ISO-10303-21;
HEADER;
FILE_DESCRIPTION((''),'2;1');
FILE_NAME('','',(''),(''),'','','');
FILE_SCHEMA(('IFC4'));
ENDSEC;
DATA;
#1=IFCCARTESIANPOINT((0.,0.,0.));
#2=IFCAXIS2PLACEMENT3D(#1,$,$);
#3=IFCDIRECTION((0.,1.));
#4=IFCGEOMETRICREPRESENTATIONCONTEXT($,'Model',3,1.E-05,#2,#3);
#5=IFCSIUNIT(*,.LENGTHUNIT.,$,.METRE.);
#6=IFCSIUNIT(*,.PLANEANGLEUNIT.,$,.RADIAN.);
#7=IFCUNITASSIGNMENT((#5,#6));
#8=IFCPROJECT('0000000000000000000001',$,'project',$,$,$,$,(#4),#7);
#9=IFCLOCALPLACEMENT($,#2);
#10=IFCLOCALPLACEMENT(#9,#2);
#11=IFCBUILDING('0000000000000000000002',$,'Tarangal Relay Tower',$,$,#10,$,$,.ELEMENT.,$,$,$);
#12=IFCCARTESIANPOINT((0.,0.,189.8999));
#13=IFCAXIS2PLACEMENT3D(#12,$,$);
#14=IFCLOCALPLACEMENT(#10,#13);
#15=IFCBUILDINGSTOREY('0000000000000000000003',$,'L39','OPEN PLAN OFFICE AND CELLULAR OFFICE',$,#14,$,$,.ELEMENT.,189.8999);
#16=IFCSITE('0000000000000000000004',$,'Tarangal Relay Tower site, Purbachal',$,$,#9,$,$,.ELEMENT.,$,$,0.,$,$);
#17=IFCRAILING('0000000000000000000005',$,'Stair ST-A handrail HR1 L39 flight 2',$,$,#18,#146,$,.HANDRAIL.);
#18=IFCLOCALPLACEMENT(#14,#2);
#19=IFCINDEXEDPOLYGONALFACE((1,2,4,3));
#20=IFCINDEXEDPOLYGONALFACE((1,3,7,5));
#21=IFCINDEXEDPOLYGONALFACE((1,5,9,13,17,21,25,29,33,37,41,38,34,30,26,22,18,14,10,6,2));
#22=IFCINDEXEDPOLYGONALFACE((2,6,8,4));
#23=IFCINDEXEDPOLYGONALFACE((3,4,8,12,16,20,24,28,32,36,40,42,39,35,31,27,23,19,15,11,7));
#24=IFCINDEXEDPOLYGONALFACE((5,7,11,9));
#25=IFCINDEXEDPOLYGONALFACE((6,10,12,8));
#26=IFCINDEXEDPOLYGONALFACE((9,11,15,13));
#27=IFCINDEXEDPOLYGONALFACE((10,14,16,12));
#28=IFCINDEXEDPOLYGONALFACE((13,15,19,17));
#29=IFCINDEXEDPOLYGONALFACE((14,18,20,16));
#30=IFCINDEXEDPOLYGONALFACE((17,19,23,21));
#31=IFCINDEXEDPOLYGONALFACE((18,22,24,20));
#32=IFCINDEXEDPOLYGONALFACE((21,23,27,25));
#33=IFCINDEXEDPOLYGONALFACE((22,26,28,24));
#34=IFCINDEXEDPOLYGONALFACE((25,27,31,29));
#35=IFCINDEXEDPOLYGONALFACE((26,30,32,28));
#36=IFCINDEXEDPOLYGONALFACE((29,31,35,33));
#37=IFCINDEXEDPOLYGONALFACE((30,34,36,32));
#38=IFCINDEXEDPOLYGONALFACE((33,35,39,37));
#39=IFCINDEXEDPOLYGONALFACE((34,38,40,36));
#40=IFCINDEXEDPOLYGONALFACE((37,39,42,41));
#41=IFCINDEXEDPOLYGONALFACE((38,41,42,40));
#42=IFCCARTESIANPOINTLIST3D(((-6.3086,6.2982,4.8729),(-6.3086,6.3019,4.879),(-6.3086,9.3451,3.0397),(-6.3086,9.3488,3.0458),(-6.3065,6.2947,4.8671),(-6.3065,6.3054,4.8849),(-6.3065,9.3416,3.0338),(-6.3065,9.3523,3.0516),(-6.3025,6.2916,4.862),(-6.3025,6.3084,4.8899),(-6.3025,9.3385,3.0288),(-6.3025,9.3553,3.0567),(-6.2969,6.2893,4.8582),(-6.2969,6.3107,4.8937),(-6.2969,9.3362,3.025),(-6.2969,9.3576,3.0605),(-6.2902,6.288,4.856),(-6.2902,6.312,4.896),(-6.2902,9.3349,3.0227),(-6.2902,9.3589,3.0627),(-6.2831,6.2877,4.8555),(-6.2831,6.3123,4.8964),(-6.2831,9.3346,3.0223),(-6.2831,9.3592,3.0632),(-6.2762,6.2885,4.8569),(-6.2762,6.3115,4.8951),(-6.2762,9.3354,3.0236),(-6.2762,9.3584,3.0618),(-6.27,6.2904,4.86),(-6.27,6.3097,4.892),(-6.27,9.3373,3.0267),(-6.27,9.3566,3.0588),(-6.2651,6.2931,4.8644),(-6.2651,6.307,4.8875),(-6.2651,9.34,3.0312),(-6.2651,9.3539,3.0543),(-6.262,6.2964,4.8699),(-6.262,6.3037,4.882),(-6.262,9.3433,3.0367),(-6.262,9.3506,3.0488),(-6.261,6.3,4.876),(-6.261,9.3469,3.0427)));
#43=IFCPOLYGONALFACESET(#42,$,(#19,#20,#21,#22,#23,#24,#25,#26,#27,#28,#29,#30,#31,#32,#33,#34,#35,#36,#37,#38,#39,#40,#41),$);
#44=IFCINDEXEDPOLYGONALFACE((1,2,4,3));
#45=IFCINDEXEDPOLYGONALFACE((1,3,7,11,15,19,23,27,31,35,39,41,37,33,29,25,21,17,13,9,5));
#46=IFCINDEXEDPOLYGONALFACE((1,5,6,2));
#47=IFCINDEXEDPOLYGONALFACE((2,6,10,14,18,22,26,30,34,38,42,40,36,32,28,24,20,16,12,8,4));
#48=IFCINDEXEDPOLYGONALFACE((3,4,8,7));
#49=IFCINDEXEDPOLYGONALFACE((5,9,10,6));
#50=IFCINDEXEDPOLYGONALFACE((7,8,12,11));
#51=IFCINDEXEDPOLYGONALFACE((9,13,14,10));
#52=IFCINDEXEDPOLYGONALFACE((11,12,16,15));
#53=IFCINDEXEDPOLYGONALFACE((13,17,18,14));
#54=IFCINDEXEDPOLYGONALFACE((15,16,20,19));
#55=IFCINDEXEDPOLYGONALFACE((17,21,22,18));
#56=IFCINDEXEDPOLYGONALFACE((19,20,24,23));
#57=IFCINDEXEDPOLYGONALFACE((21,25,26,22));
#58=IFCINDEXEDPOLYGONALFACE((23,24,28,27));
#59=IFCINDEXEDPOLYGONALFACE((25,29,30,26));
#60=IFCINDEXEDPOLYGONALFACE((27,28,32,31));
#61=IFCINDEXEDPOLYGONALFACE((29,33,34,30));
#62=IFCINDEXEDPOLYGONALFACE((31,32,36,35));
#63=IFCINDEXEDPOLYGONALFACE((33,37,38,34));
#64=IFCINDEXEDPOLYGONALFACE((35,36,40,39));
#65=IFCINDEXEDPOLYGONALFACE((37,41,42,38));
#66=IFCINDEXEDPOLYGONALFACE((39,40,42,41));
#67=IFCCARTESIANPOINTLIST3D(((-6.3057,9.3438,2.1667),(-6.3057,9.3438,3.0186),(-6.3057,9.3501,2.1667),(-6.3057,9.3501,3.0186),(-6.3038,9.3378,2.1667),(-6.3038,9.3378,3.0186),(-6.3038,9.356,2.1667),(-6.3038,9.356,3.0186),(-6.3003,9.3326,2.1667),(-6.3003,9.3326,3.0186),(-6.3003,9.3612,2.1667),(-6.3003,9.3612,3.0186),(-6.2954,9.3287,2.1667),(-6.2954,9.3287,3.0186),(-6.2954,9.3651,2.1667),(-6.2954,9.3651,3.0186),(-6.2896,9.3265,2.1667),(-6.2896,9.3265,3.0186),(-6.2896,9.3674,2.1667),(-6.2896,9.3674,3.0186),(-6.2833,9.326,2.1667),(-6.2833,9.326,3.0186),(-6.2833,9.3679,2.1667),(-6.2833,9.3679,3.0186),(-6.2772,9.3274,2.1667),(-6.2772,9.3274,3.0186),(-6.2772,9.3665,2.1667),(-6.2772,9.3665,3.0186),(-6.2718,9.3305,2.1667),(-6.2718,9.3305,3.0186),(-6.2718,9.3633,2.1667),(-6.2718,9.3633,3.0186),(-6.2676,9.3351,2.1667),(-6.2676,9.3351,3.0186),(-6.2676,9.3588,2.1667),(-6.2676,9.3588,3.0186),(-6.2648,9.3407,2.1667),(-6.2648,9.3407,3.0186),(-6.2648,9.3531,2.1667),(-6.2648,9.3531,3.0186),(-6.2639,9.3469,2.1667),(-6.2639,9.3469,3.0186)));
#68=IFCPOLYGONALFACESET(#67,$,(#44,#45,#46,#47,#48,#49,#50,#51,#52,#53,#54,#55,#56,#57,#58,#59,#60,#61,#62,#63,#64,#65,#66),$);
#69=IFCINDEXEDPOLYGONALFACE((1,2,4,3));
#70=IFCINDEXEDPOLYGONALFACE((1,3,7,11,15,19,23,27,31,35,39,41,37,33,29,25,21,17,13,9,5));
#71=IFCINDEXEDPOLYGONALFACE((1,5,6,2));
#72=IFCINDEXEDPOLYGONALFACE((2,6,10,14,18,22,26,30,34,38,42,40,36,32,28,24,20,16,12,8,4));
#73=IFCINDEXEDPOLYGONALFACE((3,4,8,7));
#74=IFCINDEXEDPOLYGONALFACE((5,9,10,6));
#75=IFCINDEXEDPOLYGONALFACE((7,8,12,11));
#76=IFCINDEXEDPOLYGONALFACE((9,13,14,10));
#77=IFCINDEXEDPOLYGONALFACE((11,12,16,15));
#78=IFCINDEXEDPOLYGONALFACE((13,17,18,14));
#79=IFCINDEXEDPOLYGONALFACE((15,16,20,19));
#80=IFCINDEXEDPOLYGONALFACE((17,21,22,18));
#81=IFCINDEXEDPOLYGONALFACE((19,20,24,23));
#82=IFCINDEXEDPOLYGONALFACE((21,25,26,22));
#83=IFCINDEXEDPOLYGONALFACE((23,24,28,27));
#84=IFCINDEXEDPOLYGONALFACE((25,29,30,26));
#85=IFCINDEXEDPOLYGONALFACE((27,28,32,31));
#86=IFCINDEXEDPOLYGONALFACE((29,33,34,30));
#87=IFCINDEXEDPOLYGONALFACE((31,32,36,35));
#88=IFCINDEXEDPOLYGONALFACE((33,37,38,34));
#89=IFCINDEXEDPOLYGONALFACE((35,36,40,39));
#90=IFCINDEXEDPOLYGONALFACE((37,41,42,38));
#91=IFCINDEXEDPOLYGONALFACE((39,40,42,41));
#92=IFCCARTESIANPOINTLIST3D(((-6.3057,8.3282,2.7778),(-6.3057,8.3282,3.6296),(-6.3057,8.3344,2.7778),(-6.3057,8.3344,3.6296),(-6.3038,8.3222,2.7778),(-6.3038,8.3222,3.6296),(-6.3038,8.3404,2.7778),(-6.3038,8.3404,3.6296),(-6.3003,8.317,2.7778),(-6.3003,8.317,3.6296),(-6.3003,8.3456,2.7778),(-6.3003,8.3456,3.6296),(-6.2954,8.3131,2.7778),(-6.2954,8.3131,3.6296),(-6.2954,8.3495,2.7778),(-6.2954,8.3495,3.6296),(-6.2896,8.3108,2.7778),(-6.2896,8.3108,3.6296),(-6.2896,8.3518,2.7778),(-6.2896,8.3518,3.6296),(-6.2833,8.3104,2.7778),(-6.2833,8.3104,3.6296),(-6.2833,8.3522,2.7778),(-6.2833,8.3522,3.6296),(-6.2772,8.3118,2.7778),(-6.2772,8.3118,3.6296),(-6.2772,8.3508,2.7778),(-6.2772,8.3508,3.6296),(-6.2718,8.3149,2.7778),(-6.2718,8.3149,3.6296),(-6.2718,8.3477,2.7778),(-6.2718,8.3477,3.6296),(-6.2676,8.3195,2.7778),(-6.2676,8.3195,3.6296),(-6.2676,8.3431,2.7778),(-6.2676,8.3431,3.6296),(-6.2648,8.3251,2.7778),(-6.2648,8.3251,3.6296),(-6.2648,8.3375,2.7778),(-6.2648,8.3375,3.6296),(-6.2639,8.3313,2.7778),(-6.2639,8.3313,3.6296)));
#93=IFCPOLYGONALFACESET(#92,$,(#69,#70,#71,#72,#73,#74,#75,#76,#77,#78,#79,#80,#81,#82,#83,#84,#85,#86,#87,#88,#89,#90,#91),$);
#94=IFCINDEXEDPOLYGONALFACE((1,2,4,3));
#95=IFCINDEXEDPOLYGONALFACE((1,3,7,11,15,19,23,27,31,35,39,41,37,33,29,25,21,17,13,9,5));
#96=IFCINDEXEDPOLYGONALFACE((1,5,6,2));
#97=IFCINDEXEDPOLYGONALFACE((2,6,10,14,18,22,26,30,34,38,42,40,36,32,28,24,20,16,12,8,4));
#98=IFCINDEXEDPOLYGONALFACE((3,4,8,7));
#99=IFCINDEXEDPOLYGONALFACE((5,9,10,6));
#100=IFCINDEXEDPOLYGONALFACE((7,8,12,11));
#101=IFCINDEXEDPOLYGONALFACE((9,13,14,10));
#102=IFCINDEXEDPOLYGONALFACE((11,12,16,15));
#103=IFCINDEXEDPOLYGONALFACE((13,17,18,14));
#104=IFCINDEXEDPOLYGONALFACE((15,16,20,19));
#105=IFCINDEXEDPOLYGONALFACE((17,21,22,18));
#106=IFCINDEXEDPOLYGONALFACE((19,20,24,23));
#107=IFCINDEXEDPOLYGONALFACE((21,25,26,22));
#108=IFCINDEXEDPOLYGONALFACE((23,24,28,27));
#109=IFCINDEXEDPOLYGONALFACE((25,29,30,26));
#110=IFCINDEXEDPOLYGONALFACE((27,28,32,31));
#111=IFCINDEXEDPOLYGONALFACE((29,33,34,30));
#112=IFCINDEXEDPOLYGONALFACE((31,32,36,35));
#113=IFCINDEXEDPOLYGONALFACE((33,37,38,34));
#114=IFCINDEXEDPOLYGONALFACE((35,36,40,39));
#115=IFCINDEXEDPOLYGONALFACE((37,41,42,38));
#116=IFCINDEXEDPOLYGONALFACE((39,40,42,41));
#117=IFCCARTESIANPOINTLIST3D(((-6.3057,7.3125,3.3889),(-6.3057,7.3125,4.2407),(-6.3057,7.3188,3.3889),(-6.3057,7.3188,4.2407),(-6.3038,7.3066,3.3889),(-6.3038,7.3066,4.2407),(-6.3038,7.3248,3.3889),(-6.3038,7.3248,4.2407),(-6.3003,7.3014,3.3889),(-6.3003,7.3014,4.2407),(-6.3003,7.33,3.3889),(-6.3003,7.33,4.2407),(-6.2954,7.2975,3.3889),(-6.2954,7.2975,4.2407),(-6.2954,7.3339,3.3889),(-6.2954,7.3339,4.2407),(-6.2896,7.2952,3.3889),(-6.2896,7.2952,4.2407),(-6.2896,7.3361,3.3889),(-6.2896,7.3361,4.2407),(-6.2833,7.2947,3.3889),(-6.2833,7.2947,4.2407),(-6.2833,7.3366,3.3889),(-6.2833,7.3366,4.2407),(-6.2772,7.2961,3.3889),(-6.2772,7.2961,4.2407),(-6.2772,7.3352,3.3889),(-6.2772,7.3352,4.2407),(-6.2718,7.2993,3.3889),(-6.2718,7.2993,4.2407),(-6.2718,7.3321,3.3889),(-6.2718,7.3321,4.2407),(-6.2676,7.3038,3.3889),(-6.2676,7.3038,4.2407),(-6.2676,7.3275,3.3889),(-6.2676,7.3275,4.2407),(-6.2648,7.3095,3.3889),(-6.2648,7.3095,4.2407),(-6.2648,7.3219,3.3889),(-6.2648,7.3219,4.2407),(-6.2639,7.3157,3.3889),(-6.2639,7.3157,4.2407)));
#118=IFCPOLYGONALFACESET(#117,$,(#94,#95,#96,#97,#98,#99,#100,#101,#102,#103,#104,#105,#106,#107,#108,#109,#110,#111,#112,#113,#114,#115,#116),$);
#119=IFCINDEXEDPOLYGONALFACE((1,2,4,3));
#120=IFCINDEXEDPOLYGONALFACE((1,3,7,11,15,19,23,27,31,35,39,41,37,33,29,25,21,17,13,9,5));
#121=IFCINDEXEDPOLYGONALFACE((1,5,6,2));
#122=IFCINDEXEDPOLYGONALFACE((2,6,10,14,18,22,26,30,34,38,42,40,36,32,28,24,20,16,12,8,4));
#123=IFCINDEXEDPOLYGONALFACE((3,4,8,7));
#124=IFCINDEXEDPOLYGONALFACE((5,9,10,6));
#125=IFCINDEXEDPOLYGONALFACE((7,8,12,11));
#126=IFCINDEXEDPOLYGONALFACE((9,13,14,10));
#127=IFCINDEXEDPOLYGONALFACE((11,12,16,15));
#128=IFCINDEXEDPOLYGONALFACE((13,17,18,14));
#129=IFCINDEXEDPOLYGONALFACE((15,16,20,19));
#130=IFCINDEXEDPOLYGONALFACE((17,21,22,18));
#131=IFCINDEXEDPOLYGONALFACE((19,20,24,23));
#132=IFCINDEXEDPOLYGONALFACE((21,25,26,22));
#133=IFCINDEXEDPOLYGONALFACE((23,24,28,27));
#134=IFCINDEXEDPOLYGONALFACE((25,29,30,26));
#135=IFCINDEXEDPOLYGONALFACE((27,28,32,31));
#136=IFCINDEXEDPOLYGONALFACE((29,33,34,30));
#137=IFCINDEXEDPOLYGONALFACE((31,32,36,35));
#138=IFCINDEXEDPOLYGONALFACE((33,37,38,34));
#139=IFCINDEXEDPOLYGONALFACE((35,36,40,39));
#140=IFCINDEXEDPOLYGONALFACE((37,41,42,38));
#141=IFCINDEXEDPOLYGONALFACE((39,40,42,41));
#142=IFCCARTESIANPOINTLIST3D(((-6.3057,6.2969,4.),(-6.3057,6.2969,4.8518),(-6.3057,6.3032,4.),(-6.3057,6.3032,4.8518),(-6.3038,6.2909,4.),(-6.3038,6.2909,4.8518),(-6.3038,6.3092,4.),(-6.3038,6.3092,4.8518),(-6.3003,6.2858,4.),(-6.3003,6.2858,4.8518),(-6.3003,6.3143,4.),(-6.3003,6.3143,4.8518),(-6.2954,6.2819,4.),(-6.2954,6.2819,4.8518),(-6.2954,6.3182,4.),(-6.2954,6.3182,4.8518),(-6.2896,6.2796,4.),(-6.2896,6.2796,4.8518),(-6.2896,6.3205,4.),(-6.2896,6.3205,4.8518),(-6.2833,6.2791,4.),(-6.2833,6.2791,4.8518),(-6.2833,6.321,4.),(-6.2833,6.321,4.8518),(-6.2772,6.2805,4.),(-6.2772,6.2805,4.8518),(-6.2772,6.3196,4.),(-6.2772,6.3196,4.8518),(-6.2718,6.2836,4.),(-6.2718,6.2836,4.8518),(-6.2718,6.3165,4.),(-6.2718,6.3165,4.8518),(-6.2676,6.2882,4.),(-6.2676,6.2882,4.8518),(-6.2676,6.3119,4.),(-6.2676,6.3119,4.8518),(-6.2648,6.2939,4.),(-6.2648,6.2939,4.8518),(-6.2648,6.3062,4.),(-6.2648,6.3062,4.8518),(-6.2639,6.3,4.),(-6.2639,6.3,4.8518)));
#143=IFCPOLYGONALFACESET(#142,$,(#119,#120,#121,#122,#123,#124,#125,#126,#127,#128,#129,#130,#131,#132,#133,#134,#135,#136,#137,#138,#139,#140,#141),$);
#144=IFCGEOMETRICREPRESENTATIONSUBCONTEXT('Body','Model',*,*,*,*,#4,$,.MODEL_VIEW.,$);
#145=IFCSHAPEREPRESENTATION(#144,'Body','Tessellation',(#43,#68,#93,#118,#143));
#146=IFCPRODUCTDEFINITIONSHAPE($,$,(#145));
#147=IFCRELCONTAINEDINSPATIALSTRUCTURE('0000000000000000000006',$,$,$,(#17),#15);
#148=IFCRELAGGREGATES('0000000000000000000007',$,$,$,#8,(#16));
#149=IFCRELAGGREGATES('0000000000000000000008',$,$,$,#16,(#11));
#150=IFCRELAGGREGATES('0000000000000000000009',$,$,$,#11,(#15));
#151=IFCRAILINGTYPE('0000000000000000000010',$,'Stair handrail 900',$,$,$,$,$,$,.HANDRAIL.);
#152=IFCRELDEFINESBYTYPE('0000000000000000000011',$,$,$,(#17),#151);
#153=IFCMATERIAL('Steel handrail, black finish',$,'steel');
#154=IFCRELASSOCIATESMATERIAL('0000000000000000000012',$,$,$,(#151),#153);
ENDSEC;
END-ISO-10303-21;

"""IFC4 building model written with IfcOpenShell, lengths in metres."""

from ifc_helpers import new_model, si_unit, direction, frame, origin, origin_2d, place, context, subcontext, project, spatial, circle, extrude, material, type_object, element, save


model = new_model("IFC4")

# Units and contexts
model_context = context("Model", 3, precision=1e-05, world=origin(), true_north=direction((0.0, 1.0)))
body_context = subcontext(model_context, "Body", "Model", "MODEL_VIEW")
ifc_project = project(units=[si_unit("LENGTHUNIT", "METRE"), si_unit("PLANEANGLEUNIT", "RADIAN")], contexts=[model_context])

# Site, building, storey
site_placement = place(None, origin())
site = spatial("IfcSite", under=ifc_project, at=site_placement, Name="Tarangal Relay Tower site, Purbachal", CompositionType="ELEMENT", RefElevation=0.0)
building_placement = place(site_placement, origin())
building = spatial("IfcBuilding", under=site, at=building_placement, Name="Tarangal Relay Tower", CompositionType="ELEMENT")
storey_placement = place(building_placement, frame((0.0, 0.0, 189.8999)))
storey = spatial("IfcBuildingStorey", under=building, at=storey_placement, Name="L39", Description="OPEN PLAN OFFICE AND CELLULAR OFFICE", CompositionType="ELEMENT", Elevation=189.8999)

# Railing
ifc_material_1 = material(Name="Steel handrail, black finish", Category="steel")
railing_type_1 = type_object("IfcRailingType", Name="Stair handrail 900", PredefinedType="HANDRAIL", material=ifc_material_1)
railing_1_placement = place(storey_placement, frame((-6.2849, 9.3469, 2.1667)))
element("IfcRailing", 1, at=railing_1_placement, inside=storey, type_object=railing_type_1, Name="Stair ST-A handrail HR1 L39 flight 2", PredefinedType="HANDRAIL", context=body_context, shape_type="SweptSolid", body=[
    extrude(circle(Radius=0.0239, at=origin_2d()), frame((0.0, 0.0, 0.876), z_axis=(0.0, -0.856856, 0.515556), x_axis=(1.0, 0.0, 0.0)), (0.0, 0.0, 1.0), 3.5559),
    extrude(circle(Radius=0.021, at=origin_2d()), origin(), (0.0, 0.0, 1.0), 0.8518),
    extrude(circle(Radius=0.021, at=origin_2d()), frame((0.0, -1.0156, 0.6111)), (0.0, 0.0, 1.0), 0.8518),
    extrude(circle(Radius=0.021, at=origin_2d()), frame((0.0, -2.0312, 1.2222)), (0.0, 0.0, 1.0), 0.8518),
    extrude(circle(Radius=0.021, at=origin_2d()), frame((0.0, -3.0469, 1.8333)), (0.0, 0.0, 1.0), 0.8518),
])

save(model, "model.ifc")
